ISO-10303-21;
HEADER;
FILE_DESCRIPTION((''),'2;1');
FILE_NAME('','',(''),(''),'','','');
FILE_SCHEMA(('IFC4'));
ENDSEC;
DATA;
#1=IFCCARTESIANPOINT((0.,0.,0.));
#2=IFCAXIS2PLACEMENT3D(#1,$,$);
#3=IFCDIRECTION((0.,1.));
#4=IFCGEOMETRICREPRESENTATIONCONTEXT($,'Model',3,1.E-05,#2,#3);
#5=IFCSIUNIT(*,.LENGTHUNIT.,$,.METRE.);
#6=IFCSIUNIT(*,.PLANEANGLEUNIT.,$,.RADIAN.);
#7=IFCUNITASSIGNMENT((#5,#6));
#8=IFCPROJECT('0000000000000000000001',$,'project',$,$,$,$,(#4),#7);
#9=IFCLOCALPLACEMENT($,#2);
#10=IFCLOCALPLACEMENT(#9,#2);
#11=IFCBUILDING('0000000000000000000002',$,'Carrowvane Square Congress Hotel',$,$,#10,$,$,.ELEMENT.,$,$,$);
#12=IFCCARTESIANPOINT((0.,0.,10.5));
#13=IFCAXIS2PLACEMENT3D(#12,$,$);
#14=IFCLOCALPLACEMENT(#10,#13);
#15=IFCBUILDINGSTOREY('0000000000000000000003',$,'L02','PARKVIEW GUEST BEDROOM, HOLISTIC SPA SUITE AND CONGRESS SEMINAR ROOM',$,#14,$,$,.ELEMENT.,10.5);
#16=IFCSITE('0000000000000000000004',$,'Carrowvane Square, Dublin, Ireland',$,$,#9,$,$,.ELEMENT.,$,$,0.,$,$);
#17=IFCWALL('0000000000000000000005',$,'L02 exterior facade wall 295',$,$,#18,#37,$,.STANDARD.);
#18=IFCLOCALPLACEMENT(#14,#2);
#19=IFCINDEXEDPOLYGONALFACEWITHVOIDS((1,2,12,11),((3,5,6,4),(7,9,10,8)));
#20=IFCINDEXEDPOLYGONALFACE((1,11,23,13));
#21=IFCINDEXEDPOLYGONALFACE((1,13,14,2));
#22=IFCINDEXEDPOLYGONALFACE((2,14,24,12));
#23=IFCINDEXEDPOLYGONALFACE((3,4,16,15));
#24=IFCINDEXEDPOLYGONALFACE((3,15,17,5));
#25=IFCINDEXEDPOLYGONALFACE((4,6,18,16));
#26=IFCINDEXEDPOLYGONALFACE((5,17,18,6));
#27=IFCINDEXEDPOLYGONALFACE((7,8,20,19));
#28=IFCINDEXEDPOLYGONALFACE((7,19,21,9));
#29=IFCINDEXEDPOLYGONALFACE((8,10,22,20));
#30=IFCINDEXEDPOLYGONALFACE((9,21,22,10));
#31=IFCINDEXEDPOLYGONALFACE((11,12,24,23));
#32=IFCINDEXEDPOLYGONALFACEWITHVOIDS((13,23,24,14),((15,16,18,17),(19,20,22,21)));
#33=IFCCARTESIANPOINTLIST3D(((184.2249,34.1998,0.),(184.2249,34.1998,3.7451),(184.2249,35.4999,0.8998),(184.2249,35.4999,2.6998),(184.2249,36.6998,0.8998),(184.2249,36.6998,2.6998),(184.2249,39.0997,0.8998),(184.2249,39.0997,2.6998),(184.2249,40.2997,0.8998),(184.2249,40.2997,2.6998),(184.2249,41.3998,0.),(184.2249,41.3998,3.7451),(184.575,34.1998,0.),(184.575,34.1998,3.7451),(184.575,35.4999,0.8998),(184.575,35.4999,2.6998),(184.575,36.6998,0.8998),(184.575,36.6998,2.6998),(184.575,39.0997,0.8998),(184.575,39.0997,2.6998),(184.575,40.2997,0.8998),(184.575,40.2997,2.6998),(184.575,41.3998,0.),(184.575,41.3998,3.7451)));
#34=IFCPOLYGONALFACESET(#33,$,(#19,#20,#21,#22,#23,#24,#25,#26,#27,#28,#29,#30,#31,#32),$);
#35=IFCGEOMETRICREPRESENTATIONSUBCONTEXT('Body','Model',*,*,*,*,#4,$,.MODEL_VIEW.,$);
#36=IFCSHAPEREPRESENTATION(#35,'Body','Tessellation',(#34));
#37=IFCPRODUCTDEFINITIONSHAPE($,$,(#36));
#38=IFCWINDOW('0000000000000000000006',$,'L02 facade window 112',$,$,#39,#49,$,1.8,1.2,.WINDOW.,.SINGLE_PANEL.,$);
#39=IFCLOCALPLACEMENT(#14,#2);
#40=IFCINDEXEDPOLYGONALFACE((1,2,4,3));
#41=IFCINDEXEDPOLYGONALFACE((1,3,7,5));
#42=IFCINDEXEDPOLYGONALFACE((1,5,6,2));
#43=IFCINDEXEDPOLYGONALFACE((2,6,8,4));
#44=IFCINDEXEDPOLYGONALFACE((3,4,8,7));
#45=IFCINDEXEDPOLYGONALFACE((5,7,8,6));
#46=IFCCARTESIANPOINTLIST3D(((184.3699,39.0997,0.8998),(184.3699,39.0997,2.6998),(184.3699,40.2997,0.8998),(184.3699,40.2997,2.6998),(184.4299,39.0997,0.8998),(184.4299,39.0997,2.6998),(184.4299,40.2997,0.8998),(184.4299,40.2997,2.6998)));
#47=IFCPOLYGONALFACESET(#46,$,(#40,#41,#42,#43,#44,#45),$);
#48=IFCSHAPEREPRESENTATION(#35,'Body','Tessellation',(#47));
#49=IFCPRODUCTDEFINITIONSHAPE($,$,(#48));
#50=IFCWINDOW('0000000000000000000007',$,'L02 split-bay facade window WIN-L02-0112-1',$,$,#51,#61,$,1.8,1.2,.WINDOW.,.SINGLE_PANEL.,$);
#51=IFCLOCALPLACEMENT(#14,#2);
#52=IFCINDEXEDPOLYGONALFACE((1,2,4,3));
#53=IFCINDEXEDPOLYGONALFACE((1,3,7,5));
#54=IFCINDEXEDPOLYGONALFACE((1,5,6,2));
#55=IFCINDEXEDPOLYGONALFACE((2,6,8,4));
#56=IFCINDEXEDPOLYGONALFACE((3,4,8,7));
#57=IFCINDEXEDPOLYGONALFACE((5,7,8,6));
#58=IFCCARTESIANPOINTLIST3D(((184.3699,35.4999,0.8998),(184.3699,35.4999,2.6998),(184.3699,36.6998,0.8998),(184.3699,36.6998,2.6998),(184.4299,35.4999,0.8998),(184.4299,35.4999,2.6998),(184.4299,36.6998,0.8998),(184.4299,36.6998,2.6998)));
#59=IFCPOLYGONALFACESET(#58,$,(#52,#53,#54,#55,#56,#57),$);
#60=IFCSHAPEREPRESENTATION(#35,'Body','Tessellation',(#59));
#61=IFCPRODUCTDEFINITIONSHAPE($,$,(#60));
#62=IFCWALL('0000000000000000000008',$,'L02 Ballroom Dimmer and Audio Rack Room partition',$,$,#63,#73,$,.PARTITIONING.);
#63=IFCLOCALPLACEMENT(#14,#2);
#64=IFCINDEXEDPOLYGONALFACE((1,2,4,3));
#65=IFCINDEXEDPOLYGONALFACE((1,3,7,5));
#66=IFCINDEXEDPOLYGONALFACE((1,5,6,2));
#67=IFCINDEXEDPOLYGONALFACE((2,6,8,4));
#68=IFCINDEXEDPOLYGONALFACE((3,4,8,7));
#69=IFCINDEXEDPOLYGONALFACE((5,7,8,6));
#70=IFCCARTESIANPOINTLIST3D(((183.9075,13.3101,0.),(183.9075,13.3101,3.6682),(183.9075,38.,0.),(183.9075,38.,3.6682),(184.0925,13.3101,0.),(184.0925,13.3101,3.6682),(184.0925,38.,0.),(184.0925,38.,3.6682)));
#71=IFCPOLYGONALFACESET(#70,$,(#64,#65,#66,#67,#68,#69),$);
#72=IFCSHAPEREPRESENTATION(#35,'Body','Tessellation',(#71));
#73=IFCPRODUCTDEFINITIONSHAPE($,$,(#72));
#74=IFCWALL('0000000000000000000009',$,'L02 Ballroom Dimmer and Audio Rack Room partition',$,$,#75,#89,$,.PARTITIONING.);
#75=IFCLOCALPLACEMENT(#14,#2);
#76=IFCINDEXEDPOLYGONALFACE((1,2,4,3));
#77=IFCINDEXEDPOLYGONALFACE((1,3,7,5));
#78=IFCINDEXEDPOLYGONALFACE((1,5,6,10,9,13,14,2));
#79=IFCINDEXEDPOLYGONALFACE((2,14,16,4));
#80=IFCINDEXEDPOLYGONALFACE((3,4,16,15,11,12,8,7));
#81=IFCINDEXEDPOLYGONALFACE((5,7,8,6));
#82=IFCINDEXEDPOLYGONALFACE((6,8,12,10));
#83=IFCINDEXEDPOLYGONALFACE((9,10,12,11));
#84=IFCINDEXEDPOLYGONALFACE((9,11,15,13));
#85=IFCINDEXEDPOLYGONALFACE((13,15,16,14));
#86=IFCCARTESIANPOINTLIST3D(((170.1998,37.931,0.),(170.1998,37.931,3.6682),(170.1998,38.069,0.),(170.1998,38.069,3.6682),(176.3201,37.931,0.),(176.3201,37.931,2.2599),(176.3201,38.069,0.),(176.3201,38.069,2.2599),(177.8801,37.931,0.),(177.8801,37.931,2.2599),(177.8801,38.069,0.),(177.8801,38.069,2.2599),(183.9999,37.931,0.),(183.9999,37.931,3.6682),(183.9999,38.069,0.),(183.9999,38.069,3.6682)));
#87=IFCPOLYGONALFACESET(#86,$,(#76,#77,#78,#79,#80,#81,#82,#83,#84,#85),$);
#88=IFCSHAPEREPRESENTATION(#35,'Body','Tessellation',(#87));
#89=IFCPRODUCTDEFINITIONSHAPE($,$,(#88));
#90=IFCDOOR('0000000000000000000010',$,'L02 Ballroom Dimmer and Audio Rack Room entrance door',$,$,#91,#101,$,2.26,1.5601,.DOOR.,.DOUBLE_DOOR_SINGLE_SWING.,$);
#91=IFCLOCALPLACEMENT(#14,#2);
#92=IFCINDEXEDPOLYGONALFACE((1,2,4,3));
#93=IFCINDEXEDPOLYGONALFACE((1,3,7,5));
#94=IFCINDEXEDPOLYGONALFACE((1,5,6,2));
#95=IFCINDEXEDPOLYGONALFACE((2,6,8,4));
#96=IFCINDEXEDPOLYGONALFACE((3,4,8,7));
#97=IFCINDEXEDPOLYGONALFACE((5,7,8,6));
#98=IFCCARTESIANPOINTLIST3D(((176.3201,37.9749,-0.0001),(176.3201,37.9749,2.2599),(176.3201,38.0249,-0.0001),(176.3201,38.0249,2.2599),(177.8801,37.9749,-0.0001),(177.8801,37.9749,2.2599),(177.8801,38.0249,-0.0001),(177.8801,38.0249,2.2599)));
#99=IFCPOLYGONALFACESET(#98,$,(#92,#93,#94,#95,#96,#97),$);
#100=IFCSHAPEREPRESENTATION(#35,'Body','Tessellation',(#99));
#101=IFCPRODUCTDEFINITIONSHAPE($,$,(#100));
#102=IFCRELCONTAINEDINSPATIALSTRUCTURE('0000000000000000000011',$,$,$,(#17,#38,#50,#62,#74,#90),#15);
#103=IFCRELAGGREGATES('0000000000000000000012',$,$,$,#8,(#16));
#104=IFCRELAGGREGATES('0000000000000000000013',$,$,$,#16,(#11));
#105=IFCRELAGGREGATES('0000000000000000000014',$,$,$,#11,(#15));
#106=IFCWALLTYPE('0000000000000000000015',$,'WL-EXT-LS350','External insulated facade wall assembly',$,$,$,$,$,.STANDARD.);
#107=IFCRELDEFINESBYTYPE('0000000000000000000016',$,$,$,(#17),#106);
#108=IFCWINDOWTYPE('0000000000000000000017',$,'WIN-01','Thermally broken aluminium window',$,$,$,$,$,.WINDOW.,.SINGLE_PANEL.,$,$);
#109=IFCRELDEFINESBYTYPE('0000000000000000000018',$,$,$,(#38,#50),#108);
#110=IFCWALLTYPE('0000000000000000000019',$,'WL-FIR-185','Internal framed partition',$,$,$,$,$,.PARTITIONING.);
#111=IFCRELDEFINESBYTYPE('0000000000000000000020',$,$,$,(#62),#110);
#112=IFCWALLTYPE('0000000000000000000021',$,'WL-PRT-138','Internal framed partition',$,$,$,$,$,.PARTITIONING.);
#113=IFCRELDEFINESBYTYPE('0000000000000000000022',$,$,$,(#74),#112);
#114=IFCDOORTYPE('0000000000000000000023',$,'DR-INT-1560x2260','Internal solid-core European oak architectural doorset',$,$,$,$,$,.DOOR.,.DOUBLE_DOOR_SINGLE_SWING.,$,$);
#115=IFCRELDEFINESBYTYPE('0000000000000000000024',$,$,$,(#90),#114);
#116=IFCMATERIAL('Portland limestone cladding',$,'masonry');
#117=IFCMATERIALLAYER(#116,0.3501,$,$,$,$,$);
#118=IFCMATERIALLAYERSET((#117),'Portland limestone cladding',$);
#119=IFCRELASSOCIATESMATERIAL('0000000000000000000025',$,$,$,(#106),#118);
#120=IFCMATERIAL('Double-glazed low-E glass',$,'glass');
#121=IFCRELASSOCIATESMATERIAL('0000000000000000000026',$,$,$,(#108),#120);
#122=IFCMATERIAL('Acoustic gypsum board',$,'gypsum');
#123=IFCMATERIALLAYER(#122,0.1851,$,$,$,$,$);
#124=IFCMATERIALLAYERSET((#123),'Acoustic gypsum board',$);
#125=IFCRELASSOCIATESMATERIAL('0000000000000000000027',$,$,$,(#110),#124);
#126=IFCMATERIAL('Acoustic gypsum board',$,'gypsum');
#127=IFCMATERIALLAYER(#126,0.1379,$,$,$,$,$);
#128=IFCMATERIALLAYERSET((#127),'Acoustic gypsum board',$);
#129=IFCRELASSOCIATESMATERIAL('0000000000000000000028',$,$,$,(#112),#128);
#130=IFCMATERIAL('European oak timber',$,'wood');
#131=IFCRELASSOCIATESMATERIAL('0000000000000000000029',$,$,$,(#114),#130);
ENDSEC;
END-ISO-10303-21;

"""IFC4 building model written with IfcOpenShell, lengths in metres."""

from ifc_helpers import new_model, si_unit, direction, frame, frame_2d, origin, place, context, subcontext, project, spatial, rectangle, extrude, material, layer, layer_set, type_object, element, fill, save


model = new_model("IFC4")

# Units and contexts
model_context = context("Model", 3, precision=1e-05, world=origin(), true_north=direction((0.0, 1.0)))
body_context = subcontext(model_context, "Body", "Model", "MODEL_VIEW")
ifc_project = project(units=[si_unit("LENGTHUNIT", "METRE"), si_unit("PLANEANGLEUNIT", "RADIAN")], contexts=[model_context])

# Site, building, storey
site_placement = place(None, origin())
site = spatial("IfcSite", under=ifc_project, at=site_placement, Name="Carrowvane Square, Dublin, Ireland", CompositionType="ELEMENT", RefElevation=0.0)
building_placement = place(site_placement, origin())
building = spatial("IfcBuilding", under=site, at=building_placement, Name="Carrowvane Square Congress Hotel", CompositionType="ELEMENT")
storey_placement = place(building_placement, frame((0.0, 0.0, 10.5)))
storey = spatial("IfcBuildingStorey", under=building, at=storey_placement, Name="L02", Description="PARKVIEW GUEST BEDROOM, HOLISTIC SPA SUITE AND CONGRESS SEMINAR ROOM", CompositionType="ELEMENT", Elevation=10.5)

# Wall, openings, windows
ifc_material_1 = material(Name="Portland limestone cladding", Category="masonry")
ifc_layer_1 = layer(ifc_material_1, 0.3501)
ifc_layer_set_1 = layer_set([ifc_layer_1], Name="Portland limestone cladding")
wall_type_1 = type_object("IfcWallType", Name="WL-EXT-LS350", Description="External insulated facade wall assembly", PredefinedType="STANDARD", material=ifc_layer_set_1)
wall_1_placement = place(storey_placement, frame((184.3999, 41.3999, 0.0), z_axis=(0.0, 0.0, 1.0), x_axis=(0.0, -1.0, 0.0)))
wall_1 = element("IfcWall", 1, at=wall_1_placement, inside=storey, type_object=wall_type_1, Name="L02 exterior facade wall 295", PredefinedType="STANDARD", context=body_context, shape_type="SweptSolid", body=[
    extrude(rectangle(XDim=7.2, YDim=0.3501, at=frame_2d((3.6001, 0.0))), origin(), (0.0, 0.0, 1.0), 3.7451),
])
opening_1_placement = place(wall_1_placement, frame((1.1001, 0.0, 0.8999)))
opening_1 = element("IfcOpeningElement", 2, at=opening_1_placement, cuts=wall_1, PredefinedType="OPENING", context=body_context, shape_type="SweptSolid", body=[
    extrude(rectangle(XDim=1.2, YDim=1.8, at=frame_2d((0.6001, 0.8999))), frame((0.0, 0.1851, 0.0), z_axis=(0.0, -1.0, 0.0), x_axis=(1.0, 0.0, 0.0)), (0.0, 0.0, 1.0), 0.3701),
])
opening_2_placement = place(wall_1_placement, frame((4.7, 0.0, 0.8999)))
opening_2 = element("IfcOpeningElement", 3, at=opening_2_placement, cuts=wall_1, PredefinedType="OPENING", context=body_context, shape_type="SweptSolid", body=[
    extrude(rectangle(XDim=1.2, YDim=1.8, at=frame_2d((0.6001, 0.8999))), frame((0.0, 0.1851, 0.0), z_axis=(0.0, -1.0, 0.0), x_axis=(1.0, 0.0, 0.0)), (0.0, 0.0, 1.0), 0.3701),
])
ifc_material_2 = material(Name="Double-glazed low-E glass", Category="glass")
window_type = type_object("IfcWindowType", Name="WIN-01", Description="Thermally broken aluminium window", PartitioningType="SINGLE_PANEL", PredefinedType="WINDOW", material=ifc_material_2)
window_1_placement = place(opening_1_placement, origin())
window_1 = element("IfcWindow", 4, at=window_1_placement, inside=storey, type_object=window_type, Name="L02 facade window 112", OverallHeight=1.8, OverallWidth=1.2, PartitioningType="SINGLE_PANEL", PredefinedType="WINDOW", context=body_context, shape_type="SweptSolid", body=[
    extrude(rectangle(XDim=1.2, YDim=1.8, at=frame_2d((0.6001, 0.8999))), frame((0.0, 0.03, 0.0), z_axis=(0.0, -1.0, 0.0), x_axis=(1.0, 0.0, 0.0)), (0.0, 0.0, 1.0), 0.0601),
])
fill(opening_1, window_1)
window_2_placement = place(opening_2_placement, origin())
window_2 = element("IfcWindow", 5, at=window_2_placement, inside=storey, type_object=window_type, Name="L02 split-bay facade window WIN-L02-0112-1", OverallHeight=1.8, OverallWidth=1.2, PartitioningType="SINGLE_PANEL", PredefinedType="WINDOW", context=body_context, shape_type="SweptSolid", body=[
    extrude(rectangle(XDim=1.2, YDim=1.8, at=frame_2d((0.6001, 0.8999))), frame((0.0, 0.03, 0.0), z_axis=(0.0, -1.0, 0.0), x_axis=(1.0, 0.0, 0.0)), (0.0, 0.0, 1.0), 0.0601),
])
fill(opening_2, window_2)

# Wall
ifc_material_3 = material(Name="Acoustic gypsum board", Category="gypsum")
ifc_layer_2 = layer(ifc_material_3, 0.1851)
ifc_layer_set_2 = layer_set([ifc_layer_2], Name="Acoustic gypsum board")
wall_type_2 = type_object("IfcWallType", Name="WL-FIR-185", Description="Internal framed partition", PredefinedType="PARTITIONING", material=ifc_layer_set_2)
wall_2_placement = place(storey_placement, frame((184.0, 38.0, 0.0), z_axis=(0.0, 0.0, 1.0), x_axis=(0.0, -1.0, 0.0)))
element("IfcWall", 6, at=wall_2_placement, inside=storey, type_object=wall_type_2, Name="L02 Ballroom Dimmer and Audio Rack Room partition", PredefinedType="PARTITIONING", context=body_context, shape_type="SweptSolid", body=[
    extrude(rectangle(XDim=24.6899, YDim=0.1851, at=frame_2d((12.345, 0.0))), origin(), (0.0, 0.0, 1.0), 3.6682),
])

# Wall, opening, door
ifc_material_4 = material(Name="Acoustic gypsum board", Category="gypsum")
ifc_layer_3 = layer(ifc_material_4, 0.1379)
ifc_layer_set_3 = layer_set([ifc_layer_3], Name="Acoustic gypsum board")
wall_type_3 = type_object("IfcWallType", Name="WL-PRT-138", Description="Internal framed partition", PredefinedType="PARTITIONING", material=ifc_layer_set_3)
wall_3_placement = place(storey_placement, frame((170.2, 38.0, 0.0), z_axis=(0.0, 0.0, 1.0), x_axis=(1.0, 0.0, 0.0)))
wall_3 = element("IfcWall", 7, at=wall_3_placement, inside=storey, type_object=wall_type_3, Name="L02 Ballroom Dimmer and Audio Rack Room partition", PredefinedType="PARTITIONING", context=body_context, shape_type="SweptSolid", body=[
    extrude(rectangle(XDim=13.8, YDim=0.1379, at=frame_2d((6.8999, 0.0))), origin(), (0.0, 0.0, 1.0), 3.6682),
])
opening_3_placement = place(wall_3_placement, frame((6.1201, 0.0, 0.0)))
opening_3 = element("IfcOpeningElement", 8, at=opening_3_placement, cuts=wall_3, PredefinedType="OPENING", context=body_context, shape_type="SweptSolid", body=[
    extrude(rectangle(XDim=1.5601, YDim=2.26, at=frame_2d((0.78, 1.1299))), frame((0.0, 0.0789, 0.0), z_axis=(0.0, -1.0, 0.0), x_axis=(1.0, 0.0, 0.0)), (0.0, 0.0, 1.0), 0.158),
])
ifc_material_5 = material(Name="European oak timber", Category="wood")
door_type = type_object("IfcDoorType", Name="DR-INT-1560x2260", Description="Internal solid-core European oak architectural doorset", OperationType="DOUBLE_DOOR_SINGLE_SWING", PredefinedType="DOOR", material=ifc_material_5)
door_placement = place(opening_3_placement, origin())
door = element("IfcDoor", 9, at=door_placement, inside=storey, type_object=door_type, Name="L02 Ballroom Dimmer and Audio Rack Room entrance door", OperationType="DOUBLE_DOOR_SINGLE_SWING", OverallHeight=2.26, OverallWidth=1.5601, PredefinedType="DOOR", context=body_context, shape_type="SweptSolid", body=[
    extrude(rectangle(XDim=1.5601, YDim=2.26, at=frame_2d((0.78, 1.1299))), frame((0.0, 0.0249, 0.0), z_axis=(0.0, -1.0, 0.0), x_axis=(1.0, 0.0, 0.0)), (0.0, 0.0, 1.0), 0.05),
])
fill(opening_3, door)

save(model, "model.ifc")
